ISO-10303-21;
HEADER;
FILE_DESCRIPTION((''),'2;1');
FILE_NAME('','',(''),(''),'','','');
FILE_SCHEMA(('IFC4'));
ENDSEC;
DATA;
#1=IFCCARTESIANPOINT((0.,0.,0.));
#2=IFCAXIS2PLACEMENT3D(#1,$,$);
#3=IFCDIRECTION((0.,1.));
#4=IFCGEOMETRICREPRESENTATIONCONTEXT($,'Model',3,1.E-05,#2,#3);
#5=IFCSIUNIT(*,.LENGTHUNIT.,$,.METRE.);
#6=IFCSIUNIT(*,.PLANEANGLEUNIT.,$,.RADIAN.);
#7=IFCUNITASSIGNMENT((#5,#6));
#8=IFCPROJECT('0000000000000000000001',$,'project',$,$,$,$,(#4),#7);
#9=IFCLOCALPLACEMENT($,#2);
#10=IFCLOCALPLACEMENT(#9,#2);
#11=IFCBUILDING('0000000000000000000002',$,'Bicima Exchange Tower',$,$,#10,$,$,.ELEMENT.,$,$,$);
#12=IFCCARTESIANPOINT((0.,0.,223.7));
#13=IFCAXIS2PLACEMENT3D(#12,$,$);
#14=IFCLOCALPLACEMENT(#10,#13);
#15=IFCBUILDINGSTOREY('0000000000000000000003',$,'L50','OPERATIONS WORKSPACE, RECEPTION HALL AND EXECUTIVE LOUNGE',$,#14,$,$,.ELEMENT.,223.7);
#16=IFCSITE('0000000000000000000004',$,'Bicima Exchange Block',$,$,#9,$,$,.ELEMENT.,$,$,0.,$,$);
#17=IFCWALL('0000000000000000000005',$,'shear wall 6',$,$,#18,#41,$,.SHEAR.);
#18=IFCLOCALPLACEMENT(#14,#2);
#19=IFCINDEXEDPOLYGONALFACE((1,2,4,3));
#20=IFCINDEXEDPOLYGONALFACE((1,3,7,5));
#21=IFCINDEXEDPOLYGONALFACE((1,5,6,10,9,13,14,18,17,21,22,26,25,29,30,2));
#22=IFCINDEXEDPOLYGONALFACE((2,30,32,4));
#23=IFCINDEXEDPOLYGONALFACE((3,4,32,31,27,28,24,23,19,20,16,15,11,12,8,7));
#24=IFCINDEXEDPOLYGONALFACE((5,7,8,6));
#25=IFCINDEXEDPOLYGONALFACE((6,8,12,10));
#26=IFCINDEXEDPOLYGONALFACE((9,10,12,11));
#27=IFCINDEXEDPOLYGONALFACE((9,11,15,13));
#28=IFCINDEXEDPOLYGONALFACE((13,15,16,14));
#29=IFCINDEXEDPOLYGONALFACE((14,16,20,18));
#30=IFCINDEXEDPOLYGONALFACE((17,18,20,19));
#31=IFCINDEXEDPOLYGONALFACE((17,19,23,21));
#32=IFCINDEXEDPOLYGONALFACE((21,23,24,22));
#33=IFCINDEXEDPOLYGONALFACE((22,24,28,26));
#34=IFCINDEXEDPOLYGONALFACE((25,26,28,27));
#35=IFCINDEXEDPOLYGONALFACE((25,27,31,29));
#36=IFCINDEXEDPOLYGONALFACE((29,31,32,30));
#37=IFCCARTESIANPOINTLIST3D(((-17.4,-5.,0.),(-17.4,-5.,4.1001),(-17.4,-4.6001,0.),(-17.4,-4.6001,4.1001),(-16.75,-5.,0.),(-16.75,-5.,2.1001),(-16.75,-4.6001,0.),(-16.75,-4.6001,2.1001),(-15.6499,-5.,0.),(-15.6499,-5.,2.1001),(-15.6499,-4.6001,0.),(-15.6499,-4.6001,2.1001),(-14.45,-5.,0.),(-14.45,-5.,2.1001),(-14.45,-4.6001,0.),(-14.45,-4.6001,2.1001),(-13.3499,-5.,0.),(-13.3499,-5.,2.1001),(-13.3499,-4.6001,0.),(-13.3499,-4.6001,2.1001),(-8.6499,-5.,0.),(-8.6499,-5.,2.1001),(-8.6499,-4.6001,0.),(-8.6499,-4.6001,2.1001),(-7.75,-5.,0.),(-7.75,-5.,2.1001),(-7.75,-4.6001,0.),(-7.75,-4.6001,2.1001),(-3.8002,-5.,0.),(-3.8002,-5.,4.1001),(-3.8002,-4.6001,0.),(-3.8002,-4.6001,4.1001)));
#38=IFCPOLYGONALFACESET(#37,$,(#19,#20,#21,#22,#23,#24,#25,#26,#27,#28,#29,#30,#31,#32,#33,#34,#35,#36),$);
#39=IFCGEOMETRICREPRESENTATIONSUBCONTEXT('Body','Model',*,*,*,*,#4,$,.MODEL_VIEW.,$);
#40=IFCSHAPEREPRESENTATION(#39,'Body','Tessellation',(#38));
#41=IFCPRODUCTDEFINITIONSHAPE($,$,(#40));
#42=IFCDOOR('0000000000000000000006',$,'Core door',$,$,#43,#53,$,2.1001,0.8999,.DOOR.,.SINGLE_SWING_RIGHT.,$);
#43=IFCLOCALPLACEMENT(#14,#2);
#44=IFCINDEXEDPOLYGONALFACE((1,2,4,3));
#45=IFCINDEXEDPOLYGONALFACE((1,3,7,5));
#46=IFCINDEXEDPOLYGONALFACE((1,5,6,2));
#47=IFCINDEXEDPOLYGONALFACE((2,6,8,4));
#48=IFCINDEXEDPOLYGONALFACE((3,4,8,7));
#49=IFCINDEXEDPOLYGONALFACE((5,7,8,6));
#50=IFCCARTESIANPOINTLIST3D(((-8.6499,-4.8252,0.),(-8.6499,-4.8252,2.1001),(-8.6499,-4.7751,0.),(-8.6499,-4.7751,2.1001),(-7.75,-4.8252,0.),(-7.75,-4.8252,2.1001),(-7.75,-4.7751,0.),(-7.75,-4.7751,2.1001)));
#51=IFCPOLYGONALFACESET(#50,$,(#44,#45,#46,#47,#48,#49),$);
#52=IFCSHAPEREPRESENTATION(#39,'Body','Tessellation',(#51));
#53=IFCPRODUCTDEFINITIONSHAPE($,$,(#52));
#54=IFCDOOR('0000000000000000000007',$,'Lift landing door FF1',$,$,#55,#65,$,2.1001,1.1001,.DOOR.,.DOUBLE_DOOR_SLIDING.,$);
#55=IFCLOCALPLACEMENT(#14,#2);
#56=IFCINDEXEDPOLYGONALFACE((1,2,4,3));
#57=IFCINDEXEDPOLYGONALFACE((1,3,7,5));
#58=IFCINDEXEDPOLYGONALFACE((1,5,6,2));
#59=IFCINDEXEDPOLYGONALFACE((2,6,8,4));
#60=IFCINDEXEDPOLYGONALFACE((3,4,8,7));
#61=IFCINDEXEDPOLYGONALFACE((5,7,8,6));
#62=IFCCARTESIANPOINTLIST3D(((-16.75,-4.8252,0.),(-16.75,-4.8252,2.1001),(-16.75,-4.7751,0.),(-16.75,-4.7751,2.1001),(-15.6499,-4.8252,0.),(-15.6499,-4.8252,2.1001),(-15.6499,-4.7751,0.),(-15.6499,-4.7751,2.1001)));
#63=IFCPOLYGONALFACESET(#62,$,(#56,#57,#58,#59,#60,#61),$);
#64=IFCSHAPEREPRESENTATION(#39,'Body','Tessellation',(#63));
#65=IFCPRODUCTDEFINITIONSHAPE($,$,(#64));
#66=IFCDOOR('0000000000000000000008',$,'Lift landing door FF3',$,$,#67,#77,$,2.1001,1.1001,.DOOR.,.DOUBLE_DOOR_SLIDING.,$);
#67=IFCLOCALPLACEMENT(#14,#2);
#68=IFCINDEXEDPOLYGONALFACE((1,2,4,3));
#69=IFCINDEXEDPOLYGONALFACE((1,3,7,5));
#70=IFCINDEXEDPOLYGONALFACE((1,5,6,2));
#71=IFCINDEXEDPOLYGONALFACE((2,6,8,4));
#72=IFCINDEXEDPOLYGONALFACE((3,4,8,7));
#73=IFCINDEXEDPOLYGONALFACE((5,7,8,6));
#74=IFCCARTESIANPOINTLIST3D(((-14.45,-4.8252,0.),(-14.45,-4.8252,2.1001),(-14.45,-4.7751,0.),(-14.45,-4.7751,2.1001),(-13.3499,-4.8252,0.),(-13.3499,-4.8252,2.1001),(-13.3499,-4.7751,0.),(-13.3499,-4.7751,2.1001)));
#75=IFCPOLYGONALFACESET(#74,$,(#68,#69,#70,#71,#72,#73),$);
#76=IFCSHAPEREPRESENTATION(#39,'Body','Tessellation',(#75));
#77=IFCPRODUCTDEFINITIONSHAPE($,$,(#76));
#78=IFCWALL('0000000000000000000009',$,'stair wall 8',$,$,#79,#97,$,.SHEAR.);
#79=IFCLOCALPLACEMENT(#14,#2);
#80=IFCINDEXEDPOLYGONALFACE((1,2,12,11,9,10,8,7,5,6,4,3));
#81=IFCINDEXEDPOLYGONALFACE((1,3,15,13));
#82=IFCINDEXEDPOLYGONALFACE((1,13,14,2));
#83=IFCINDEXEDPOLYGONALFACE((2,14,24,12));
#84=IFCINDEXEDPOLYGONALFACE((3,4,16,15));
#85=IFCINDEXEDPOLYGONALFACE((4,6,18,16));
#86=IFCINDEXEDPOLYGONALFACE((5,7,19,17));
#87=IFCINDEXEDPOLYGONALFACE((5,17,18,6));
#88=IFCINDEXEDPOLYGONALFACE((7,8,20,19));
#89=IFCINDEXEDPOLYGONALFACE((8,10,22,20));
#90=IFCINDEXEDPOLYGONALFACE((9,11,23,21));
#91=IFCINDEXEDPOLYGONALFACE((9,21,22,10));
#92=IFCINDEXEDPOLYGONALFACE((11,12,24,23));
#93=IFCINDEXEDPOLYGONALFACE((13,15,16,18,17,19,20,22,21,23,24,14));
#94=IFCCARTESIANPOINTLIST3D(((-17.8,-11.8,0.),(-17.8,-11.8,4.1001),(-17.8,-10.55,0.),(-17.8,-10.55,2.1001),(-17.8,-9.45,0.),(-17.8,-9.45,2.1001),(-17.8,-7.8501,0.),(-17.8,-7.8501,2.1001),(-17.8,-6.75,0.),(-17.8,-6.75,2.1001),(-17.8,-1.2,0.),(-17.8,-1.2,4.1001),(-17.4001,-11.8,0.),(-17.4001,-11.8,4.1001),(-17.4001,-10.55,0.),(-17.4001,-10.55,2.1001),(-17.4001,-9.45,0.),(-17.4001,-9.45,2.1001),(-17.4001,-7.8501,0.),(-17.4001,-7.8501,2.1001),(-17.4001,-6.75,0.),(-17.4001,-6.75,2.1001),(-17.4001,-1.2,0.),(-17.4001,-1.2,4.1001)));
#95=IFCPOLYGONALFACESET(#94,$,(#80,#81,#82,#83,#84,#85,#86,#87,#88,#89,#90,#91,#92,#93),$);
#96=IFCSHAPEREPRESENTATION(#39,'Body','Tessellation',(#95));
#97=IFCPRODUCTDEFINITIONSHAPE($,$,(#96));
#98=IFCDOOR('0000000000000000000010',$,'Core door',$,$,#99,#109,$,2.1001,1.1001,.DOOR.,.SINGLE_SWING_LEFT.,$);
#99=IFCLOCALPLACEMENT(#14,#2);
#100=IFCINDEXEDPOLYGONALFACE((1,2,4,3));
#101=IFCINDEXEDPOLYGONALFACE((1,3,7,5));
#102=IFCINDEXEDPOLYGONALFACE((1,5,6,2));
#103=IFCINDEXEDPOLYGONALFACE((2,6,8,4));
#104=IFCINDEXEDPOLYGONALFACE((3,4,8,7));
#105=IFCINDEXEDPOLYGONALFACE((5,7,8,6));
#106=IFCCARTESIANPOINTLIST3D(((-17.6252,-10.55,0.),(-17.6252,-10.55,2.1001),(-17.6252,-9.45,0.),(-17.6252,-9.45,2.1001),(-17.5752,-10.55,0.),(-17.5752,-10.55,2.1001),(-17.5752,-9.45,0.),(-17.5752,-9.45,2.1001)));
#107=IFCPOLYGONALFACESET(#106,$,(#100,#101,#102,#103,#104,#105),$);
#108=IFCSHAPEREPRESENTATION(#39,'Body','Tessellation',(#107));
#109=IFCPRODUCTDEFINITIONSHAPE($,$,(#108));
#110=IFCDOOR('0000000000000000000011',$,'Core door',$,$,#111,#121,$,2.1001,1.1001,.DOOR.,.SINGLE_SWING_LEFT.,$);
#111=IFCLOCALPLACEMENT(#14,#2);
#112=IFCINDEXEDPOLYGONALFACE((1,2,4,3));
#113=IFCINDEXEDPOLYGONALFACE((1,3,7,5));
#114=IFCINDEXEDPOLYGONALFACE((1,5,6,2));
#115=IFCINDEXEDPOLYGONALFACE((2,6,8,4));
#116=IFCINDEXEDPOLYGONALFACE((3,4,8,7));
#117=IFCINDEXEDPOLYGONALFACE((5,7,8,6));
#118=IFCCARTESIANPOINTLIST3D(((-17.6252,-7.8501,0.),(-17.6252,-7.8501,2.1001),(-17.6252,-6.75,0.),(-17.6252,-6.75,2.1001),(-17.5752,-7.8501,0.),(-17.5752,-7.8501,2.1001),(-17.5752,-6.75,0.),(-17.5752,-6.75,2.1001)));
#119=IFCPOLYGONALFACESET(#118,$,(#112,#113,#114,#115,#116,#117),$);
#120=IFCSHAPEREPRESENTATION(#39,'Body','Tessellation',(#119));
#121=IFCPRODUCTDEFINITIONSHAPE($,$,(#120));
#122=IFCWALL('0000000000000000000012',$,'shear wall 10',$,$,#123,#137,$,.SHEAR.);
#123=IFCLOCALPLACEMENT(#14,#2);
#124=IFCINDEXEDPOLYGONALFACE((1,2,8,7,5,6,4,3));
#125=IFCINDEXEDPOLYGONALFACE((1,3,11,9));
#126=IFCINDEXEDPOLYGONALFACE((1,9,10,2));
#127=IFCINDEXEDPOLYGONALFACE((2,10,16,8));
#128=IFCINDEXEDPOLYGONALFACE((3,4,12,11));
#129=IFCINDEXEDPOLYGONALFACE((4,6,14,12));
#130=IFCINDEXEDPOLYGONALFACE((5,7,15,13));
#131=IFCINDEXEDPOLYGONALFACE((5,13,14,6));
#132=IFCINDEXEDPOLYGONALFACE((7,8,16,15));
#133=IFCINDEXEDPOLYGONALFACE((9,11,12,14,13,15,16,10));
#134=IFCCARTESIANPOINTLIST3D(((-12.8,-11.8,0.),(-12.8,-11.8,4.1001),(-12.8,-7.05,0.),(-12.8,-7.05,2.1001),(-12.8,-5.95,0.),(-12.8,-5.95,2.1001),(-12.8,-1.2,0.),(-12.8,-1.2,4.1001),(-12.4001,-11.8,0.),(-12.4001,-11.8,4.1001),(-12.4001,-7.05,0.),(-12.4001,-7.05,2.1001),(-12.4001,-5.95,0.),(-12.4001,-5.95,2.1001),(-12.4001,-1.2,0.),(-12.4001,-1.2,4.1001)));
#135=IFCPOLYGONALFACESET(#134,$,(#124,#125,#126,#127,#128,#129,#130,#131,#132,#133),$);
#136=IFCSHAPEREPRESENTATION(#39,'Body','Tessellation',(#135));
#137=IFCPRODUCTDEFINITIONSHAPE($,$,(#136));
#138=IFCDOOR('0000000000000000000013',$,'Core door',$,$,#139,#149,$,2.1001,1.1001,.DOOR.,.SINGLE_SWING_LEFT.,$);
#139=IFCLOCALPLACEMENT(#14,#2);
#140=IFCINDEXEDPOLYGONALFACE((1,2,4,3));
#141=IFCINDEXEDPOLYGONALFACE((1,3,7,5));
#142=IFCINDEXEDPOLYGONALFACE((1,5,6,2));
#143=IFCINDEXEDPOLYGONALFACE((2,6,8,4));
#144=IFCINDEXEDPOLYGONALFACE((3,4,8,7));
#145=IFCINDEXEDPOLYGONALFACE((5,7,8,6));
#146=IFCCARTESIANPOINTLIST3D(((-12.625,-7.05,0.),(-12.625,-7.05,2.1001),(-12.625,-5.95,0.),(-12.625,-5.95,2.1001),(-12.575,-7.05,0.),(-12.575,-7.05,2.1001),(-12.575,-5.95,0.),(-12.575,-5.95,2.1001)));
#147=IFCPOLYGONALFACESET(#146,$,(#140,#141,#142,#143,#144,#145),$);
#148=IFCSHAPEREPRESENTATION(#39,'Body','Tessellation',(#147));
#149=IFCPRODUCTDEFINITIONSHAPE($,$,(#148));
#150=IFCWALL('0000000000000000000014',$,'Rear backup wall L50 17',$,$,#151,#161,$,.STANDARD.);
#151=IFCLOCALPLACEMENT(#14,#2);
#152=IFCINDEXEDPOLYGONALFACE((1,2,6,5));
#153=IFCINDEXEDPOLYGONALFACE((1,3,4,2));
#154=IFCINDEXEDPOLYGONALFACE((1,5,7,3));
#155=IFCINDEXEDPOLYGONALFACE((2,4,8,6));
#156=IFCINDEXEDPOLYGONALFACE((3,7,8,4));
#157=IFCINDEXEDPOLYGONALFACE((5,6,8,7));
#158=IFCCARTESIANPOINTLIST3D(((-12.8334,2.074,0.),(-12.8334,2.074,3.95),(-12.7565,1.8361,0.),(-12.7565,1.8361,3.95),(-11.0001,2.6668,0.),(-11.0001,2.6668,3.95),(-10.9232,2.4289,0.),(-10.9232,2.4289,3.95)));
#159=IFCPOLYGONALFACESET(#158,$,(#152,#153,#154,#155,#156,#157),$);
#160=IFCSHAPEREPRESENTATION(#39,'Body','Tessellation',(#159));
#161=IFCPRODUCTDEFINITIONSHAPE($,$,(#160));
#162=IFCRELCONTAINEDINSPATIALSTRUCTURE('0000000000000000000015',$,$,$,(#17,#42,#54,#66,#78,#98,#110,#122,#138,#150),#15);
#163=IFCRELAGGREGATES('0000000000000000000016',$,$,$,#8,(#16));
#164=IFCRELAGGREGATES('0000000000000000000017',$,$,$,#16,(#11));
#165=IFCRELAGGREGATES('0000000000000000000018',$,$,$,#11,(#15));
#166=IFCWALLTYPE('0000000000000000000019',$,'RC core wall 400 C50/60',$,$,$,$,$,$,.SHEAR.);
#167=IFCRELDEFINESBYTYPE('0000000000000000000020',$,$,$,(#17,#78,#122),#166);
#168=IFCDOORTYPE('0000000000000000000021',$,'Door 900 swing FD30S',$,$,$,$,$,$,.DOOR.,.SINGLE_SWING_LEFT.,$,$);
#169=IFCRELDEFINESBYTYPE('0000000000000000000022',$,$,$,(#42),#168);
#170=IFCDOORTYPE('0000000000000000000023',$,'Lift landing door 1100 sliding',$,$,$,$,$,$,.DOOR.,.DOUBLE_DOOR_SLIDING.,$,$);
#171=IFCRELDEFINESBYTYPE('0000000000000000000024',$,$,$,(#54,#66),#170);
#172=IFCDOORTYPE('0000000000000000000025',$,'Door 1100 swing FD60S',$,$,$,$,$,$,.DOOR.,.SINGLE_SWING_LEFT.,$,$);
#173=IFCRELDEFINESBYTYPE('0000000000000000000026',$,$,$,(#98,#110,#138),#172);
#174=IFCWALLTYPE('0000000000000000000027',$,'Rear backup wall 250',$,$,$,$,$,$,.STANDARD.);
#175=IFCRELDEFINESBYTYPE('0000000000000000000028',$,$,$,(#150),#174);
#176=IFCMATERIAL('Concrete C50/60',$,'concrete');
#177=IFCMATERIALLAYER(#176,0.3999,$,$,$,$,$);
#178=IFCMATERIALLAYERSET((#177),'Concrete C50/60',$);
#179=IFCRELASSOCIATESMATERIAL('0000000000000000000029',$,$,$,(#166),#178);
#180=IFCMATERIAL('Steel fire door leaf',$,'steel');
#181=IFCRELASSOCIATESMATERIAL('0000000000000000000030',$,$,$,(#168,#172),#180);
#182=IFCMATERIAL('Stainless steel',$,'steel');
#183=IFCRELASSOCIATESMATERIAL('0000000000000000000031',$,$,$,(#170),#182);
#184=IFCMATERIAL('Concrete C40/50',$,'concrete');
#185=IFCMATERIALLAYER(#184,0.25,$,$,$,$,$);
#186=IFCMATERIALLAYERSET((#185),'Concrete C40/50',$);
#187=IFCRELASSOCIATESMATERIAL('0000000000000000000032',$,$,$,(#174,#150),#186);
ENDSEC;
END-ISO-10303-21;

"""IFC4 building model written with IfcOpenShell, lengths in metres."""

from ifc_helpers import new_model, si_unit, direction, frame, frame_2d, origin, place, context, subcontext, project, spatial, rectangle, extrude, material, layer, layer_set, layer_usage, type_object, element, fill, save


model = new_model("IFC4")

# Units and contexts
model_context = context("Model", 3, precision=1e-05, world=origin(), true_north=direction((0.0, 1.0)))
body_context = subcontext(model_context, "Body", "Model", "MODEL_VIEW")
ifc_project = project(units=[si_unit("LENGTHUNIT", "METRE"), si_unit("PLANEANGLEUNIT", "RADIAN")], contexts=[model_context])

# Site, building, storey
site_placement = place(None, origin())
site = spatial("IfcSite", under=ifc_project, at=site_placement, Name="Bicima Exchange Block", CompositionType="ELEMENT", RefElevation=0.0)
building_placement = place(site_placement, origin())
building = spatial("IfcBuilding", under=site, at=building_placement, Name="Bicima Exchange Tower", CompositionType="ELEMENT")
storey_placement = place(building_placement, frame((0.0, 0.0, 223.7)))
storey = spatial("IfcBuildingStorey", under=building, at=storey_placement, Name="L50", Description="OPERATIONS WORKSPACE, RECEPTION HALL AND EXECUTIVE LOUNGE", CompositionType="ELEMENT", Elevation=223.7)

# Walls, openings, doors
ifc_material_1 = material(Name="Concrete C50/60", Category="concrete")
ifc_layer_1 = layer(ifc_material_1, 0.3999)
ifc_layer_set_1 = layer_set([ifc_layer_1], Name="Concrete C50/60")
wall_type_1 = type_object("IfcWallType", Name="RC core wall 400 C50/60", PredefinedType="SHEAR", material=ifc_layer_set_1)
ifc_material_2 = material(Name="Steel fire door leaf", Category="steel")
door_type_1 = type_object("IfcDoorType", Name="Door 900 swing FD30S", OperationType="SINGLE_SWING_LEFT", PredefinedType="DOOR", material=ifc_material_2)
ifc_material_3 = material(Name="Stainless steel", Category="steel")
wall_1_placement = place(storey_placement, frame((-17.3999, -4.8, 0.0), z_axis=(0.0, 0.0, 1.0), x_axis=(1.0, 0.0, 0.0)))
wall_1 = element("IfcWall", 1, at=wall_1_placement, inside=storey, type_object=wall_type_1, Name="shear wall 6", PredefinedType="SHEAR", context=body_context, shape_type="SweptSolid", body=[
    extrude(rectangle(XDim=13.5999, YDim=0.3999, at=frame_2d((6.7998, 0.0))), origin(), (0.0, 0.0, 1.0), 4.1001),
])
opening_1_placement = place(wall_1_placement, frame((0.6499, 0.0, 0.0)))
opening_1 = element("IfcOpeningElement", 2, at=opening_1_placement, cuts=wall_1, PredefinedType="OPENING", context=body_context, shape_type="SweptSolid", body=[
    extrude(rectangle(XDim=1.1001, YDim=2.1001, at=frame_2d((0.55, 1.05))), frame((0.0, 0.2119, 0.0), z_axis=(0.0, -1.0, 0.0), x_axis=(1.0, 0.0, 0.0)), (0.0, 0.0, 1.0), 0.4238),
])
opening_2_placement = place(wall_1_placement, frame((2.95, 0.0, 0.0)))
opening_2 = element("IfcOpeningElement", 3, at=opening_2_placement, cuts=wall_1, PredefinedType="OPENING", context=body_context, shape_type="SweptSolid", body=[
    extrude(rectangle(XDim=1.1001, YDim=2.1001, at=frame_2d((0.55, 1.05))), frame((0.0, 0.2119, 0.0), z_axis=(0.0, -1.0, 0.0), x_axis=(1.0, 0.0, 0.0)), (0.0, 0.0, 1.0), 0.4238),
])
opening_3_placement = place(wall_1_placement, frame((8.75, 0.0, 0.0)))
opening_3 = element("IfcOpeningElement", 4, at=opening_3_placement, cuts=wall_1, PredefinedType="OPENING", context=body_context, shape_type="SweptSolid", body=[
    extrude(rectangle(XDim=0.8999, YDim=2.1001, at=frame_2d((0.45, 1.05))), frame((0.0, 0.2119, 0.0), z_axis=(0.0, -1.0, 0.0), x_axis=(1.0, 0.0, 0.0)), (0.0, 0.0, 1.0), 0.4238),
])
door_1_placement = place(opening_3_placement, origin())
door_1 = element("IfcDoor", 5, at=door_1_placement, inside=storey, type_object=door_type_1, Name="Core door", OperationType="SINGLE_SWING_RIGHT", OverallHeight=2.1001, OverallWidth=0.8999, PredefinedType="DOOR", context=body_context, shape_type="SweptSolid", body=[
    extrude(rectangle(XDim=0.8999, YDim=2.1001, at=frame_2d((0.45, 1.05))), frame((0.0, 0.0249, 0.0), z_axis=(0.0, -1.0, 0.0), x_axis=(1.0, 0.0, 0.0)), (0.0, 0.0, 1.0), 0.05),
])
fill(opening_3, door_1)
door_type_2 = type_object("IfcDoorType", Name="Lift landing door 1100 sliding", OperationType="DOUBLE_DOOR_SLIDING", PredefinedType="DOOR", material=ifc_material_3)
door_2_placement = place(opening_1_placement, origin())
door_2 = element("IfcDoor", 6, at=door_2_placement, inside=storey, type_object=door_type_2, Name="Lift landing door FF1", OperationType="DOUBLE_DOOR_SLIDING", OverallHeight=2.1001, OverallWidth=1.1001, PredefinedType="DOOR", context=body_context, shape_type="SweptSolid", body=[
    extrude(rectangle(XDim=1.1001, YDim=2.1001, at=frame_2d((0.55, 1.05))), frame((0.0, 0.0249, 0.0), z_axis=(0.0, -1.0, 0.0), x_axis=(1.0, 0.0, 0.0)), (0.0, 0.0, 1.0), 0.05),
])
fill(opening_1, door_2)
door_3_placement = place(opening_2_placement, origin())
door_3 = element("IfcDoor", 7, at=door_3_placement, inside=storey, type_object=door_type_2, Name="Lift landing door FF3", OperationType="DOUBLE_DOOR_SLIDING", OverallHeight=2.1001, OverallWidth=1.1001, PredefinedType="DOOR", context=body_context, shape_type="SweptSolid", body=[
    extrude(rectangle(XDim=1.1001, YDim=2.1001, at=frame_2d((0.55, 1.05))), frame((0.0, 0.0249, 0.0), z_axis=(0.0, -1.0, 0.0), x_axis=(1.0, 0.0, 0.0)), (0.0, 0.0, 1.0), 0.05),
])
fill(opening_2, door_3)
wall_2_placement = place(storey_placement, frame((-17.6001, -11.8, 0.0), z_axis=(0.0, 0.0, 1.0), x_axis=(0.0, 1.0, 0.0)))
wall_2 = element("IfcWall", 8, at=wall_2_placement, inside=storey, type_object=wall_type_1, Name="stair wall 8", PredefinedType="SHEAR", context=body_context, shape_type="SweptSolid", body=[
    extrude(rectangle(XDim=10.6001, YDim=0.3999, at=frame_2d((5.3, 0.0))), origin(), (0.0, 0.0, 1.0), 4.1001),
])
opening_4_placement = place(wall_2_placement, frame((1.25, 0.0, 0.0)))
opening_4 = element("IfcOpeningElement", 9, at=opening_4_placement, cuts=wall_2, PredefinedType="OPENING", context=body_context, shape_type="SweptSolid", body=[
    extrude(rectangle(XDim=1.1001, YDim=2.1001, at=frame_2d((0.55, 1.05))), frame((0.0, 0.2119, 0.0), z_axis=(0.0, -1.0, 0.0), x_axis=(1.0, 0.0, 0.0)), (0.0, 0.0, 1.0), 0.4238),
])
opening_5_placement = place(wall_2_placement, frame((3.95, 0.0, 0.0)))
opening_5 = element("IfcOpeningElement", 10, at=opening_5_placement, cuts=wall_2, PredefinedType="OPENING", context=body_context, shape_type="SweptSolid", body=[
    extrude(rectangle(XDim=1.1001, YDim=2.1001, at=frame_2d((0.55, 1.05))), frame((0.0, 0.2119, 0.0), z_axis=(0.0, -1.0, 0.0), x_axis=(1.0, 0.0, 0.0)), (0.0, 0.0, 1.0), 0.4238),
])
door_type_3 = type_object("IfcDoorType", Name="Door 1100 swing FD60S", OperationType="SINGLE_SWING_LEFT", PredefinedType="DOOR", material=ifc_material_2)
door_4_placement = place(opening_4_placement, frame((1.1001, 0.0, 0.0), z_axis=(0.0, 0.0, 1.0), x_axis=(-1.0, 0.0, 0.0)))
door_4 = element("IfcDoor", 11, at=door_4_placement, inside=storey, type_object=door_type_3, Name="Core door", OperationType="SINGLE_SWING_LEFT", OverallHeight=2.1001, OverallWidth=1.1001, PredefinedType="DOOR", context=body_context, shape_type="SweptSolid", body=[
    extrude(rectangle(XDim=1.1001, YDim=2.1001, at=frame_2d((0.55, 1.05))), frame((0.0, 0.0249, 0.0), z_axis=(0.0, -1.0, 0.0), x_axis=(1.0, 0.0, 0.0)), (0.0, 0.0, 1.0), 0.05),
])
fill(opening_4, door_4)
door_5_placement = place(opening_5_placement, frame((1.1001, 0.0, 0.0), z_axis=(0.0, 0.0, 1.0), x_axis=(-1.0, 0.0, 0.0)))
door_5 = element("IfcDoor", 12, at=door_5_placement, inside=storey, type_object=door_type_3, Name="Core door", OperationType="SINGLE_SWING_LEFT", OverallHeight=2.1001, OverallWidth=1.1001, PredefinedType="DOOR", context=body_context, shape_type="SweptSolid", body=[
    extrude(rectangle(XDim=1.1001, YDim=2.1001, at=frame_2d((0.55, 1.05))), frame((0.0, 0.0249, 0.0), z_axis=(0.0, -1.0, 0.0), x_axis=(1.0, 0.0, 0.0)), (0.0, 0.0, 1.0), 0.05),
])
fill(opening_5, door_5)

# Wall, opening, door
wall_3_placement = place(storey_placement, frame((-12.6001, -11.8, 0.0), z_axis=(0.0, 0.0, 1.0), x_axis=(0.0, 1.0, 0.0)))
wall_3 = element("IfcWall", 13, at=wall_3_placement, inside=storey, type_object=wall_type_1, Name="shear wall 10", PredefinedType="SHEAR", context=body_context, shape_type="SweptSolid", body=[
    extrude(rectangle(XDim=10.6001, YDim=0.3999, at=frame_2d((5.3, 0.0))), origin(), (0.0, 0.0, 1.0), 4.1001),
])
opening_6_placement = place(wall_3_placement, frame((4.75, 0.0, 0.0)))
opening_6 = element("IfcOpeningElement", 14, at=opening_6_placement, cuts=wall_3, PredefinedType="OPENING", context=body_context, shape_type="SweptSolid", body=[
    extrude(rectangle(XDim=1.1001, YDim=2.1001, at=frame_2d((0.55, 1.05))), frame((0.0, 0.2119, 0.0), z_axis=(0.0, -1.0, 0.0), x_axis=(1.0, 0.0, 0.0)), (0.0, 0.0, 1.0), 0.4238),
])
door_6_placement = place(opening_6_placement, origin())
door_6 = element("IfcDoor", 15, at=door_6_placement, inside=storey, type_object=door_type_3, Name="Core door", OperationType="SINGLE_SWING_LEFT", OverallHeight=2.1001, OverallWidth=1.1001, PredefinedType="DOOR", context=body_context, shape_type="SweptSolid", body=[
    extrude(rectangle(XDim=1.1001, YDim=2.1001, at=frame_2d((0.55, 1.05))), frame((0.0, 0.0249, 0.0), z_axis=(0.0, -1.0, 0.0), x_axis=(1.0, 0.0, 0.0)), (0.0, 0.0, 1.0), 0.05),
])
fill(opening_6, door_6)

# Wall
ifc_material_4 = material(Name="Concrete C40/50", Category="concrete")
ifc_layer_2 = layer(ifc_material_4, 0.25)
ifc_layer_set_2 = layer_set([ifc_layer_2], Name="Concrete C40/50")
ifc_layer_usage = layer_usage(ifc_layer_set_2, "AXIS2", "POSITIVE", -0.125)
wall_type_2 = type_object("IfcWallType", Name="Rear backup wall 250", PredefinedType="STANDARD", material=ifc_layer_set_2)
wall_4_placement = place(storey_placement, frame((-10.9617, 2.5479, 0.0), z_axis=(0.0, 0.0, 1.0), x_axis=(-0.951496, -0.307662, 0.0)))
element("IfcWall", 16, at=wall_4_placement, inside=storey, type_object=wall_type_2, material=ifc_layer_usage, Name="Rear backup wall L50 17", PredefinedType="STANDARD", context=body_context, shape_type="SweptSolid", body=[
    extrude(rectangle(XDim=1.9268, YDim=0.25, at=frame_2d((0.9634, 0.0))), origin(), (0.0, 0.0, 1.0), 3.95),
])

save(model, "model.ifc")
